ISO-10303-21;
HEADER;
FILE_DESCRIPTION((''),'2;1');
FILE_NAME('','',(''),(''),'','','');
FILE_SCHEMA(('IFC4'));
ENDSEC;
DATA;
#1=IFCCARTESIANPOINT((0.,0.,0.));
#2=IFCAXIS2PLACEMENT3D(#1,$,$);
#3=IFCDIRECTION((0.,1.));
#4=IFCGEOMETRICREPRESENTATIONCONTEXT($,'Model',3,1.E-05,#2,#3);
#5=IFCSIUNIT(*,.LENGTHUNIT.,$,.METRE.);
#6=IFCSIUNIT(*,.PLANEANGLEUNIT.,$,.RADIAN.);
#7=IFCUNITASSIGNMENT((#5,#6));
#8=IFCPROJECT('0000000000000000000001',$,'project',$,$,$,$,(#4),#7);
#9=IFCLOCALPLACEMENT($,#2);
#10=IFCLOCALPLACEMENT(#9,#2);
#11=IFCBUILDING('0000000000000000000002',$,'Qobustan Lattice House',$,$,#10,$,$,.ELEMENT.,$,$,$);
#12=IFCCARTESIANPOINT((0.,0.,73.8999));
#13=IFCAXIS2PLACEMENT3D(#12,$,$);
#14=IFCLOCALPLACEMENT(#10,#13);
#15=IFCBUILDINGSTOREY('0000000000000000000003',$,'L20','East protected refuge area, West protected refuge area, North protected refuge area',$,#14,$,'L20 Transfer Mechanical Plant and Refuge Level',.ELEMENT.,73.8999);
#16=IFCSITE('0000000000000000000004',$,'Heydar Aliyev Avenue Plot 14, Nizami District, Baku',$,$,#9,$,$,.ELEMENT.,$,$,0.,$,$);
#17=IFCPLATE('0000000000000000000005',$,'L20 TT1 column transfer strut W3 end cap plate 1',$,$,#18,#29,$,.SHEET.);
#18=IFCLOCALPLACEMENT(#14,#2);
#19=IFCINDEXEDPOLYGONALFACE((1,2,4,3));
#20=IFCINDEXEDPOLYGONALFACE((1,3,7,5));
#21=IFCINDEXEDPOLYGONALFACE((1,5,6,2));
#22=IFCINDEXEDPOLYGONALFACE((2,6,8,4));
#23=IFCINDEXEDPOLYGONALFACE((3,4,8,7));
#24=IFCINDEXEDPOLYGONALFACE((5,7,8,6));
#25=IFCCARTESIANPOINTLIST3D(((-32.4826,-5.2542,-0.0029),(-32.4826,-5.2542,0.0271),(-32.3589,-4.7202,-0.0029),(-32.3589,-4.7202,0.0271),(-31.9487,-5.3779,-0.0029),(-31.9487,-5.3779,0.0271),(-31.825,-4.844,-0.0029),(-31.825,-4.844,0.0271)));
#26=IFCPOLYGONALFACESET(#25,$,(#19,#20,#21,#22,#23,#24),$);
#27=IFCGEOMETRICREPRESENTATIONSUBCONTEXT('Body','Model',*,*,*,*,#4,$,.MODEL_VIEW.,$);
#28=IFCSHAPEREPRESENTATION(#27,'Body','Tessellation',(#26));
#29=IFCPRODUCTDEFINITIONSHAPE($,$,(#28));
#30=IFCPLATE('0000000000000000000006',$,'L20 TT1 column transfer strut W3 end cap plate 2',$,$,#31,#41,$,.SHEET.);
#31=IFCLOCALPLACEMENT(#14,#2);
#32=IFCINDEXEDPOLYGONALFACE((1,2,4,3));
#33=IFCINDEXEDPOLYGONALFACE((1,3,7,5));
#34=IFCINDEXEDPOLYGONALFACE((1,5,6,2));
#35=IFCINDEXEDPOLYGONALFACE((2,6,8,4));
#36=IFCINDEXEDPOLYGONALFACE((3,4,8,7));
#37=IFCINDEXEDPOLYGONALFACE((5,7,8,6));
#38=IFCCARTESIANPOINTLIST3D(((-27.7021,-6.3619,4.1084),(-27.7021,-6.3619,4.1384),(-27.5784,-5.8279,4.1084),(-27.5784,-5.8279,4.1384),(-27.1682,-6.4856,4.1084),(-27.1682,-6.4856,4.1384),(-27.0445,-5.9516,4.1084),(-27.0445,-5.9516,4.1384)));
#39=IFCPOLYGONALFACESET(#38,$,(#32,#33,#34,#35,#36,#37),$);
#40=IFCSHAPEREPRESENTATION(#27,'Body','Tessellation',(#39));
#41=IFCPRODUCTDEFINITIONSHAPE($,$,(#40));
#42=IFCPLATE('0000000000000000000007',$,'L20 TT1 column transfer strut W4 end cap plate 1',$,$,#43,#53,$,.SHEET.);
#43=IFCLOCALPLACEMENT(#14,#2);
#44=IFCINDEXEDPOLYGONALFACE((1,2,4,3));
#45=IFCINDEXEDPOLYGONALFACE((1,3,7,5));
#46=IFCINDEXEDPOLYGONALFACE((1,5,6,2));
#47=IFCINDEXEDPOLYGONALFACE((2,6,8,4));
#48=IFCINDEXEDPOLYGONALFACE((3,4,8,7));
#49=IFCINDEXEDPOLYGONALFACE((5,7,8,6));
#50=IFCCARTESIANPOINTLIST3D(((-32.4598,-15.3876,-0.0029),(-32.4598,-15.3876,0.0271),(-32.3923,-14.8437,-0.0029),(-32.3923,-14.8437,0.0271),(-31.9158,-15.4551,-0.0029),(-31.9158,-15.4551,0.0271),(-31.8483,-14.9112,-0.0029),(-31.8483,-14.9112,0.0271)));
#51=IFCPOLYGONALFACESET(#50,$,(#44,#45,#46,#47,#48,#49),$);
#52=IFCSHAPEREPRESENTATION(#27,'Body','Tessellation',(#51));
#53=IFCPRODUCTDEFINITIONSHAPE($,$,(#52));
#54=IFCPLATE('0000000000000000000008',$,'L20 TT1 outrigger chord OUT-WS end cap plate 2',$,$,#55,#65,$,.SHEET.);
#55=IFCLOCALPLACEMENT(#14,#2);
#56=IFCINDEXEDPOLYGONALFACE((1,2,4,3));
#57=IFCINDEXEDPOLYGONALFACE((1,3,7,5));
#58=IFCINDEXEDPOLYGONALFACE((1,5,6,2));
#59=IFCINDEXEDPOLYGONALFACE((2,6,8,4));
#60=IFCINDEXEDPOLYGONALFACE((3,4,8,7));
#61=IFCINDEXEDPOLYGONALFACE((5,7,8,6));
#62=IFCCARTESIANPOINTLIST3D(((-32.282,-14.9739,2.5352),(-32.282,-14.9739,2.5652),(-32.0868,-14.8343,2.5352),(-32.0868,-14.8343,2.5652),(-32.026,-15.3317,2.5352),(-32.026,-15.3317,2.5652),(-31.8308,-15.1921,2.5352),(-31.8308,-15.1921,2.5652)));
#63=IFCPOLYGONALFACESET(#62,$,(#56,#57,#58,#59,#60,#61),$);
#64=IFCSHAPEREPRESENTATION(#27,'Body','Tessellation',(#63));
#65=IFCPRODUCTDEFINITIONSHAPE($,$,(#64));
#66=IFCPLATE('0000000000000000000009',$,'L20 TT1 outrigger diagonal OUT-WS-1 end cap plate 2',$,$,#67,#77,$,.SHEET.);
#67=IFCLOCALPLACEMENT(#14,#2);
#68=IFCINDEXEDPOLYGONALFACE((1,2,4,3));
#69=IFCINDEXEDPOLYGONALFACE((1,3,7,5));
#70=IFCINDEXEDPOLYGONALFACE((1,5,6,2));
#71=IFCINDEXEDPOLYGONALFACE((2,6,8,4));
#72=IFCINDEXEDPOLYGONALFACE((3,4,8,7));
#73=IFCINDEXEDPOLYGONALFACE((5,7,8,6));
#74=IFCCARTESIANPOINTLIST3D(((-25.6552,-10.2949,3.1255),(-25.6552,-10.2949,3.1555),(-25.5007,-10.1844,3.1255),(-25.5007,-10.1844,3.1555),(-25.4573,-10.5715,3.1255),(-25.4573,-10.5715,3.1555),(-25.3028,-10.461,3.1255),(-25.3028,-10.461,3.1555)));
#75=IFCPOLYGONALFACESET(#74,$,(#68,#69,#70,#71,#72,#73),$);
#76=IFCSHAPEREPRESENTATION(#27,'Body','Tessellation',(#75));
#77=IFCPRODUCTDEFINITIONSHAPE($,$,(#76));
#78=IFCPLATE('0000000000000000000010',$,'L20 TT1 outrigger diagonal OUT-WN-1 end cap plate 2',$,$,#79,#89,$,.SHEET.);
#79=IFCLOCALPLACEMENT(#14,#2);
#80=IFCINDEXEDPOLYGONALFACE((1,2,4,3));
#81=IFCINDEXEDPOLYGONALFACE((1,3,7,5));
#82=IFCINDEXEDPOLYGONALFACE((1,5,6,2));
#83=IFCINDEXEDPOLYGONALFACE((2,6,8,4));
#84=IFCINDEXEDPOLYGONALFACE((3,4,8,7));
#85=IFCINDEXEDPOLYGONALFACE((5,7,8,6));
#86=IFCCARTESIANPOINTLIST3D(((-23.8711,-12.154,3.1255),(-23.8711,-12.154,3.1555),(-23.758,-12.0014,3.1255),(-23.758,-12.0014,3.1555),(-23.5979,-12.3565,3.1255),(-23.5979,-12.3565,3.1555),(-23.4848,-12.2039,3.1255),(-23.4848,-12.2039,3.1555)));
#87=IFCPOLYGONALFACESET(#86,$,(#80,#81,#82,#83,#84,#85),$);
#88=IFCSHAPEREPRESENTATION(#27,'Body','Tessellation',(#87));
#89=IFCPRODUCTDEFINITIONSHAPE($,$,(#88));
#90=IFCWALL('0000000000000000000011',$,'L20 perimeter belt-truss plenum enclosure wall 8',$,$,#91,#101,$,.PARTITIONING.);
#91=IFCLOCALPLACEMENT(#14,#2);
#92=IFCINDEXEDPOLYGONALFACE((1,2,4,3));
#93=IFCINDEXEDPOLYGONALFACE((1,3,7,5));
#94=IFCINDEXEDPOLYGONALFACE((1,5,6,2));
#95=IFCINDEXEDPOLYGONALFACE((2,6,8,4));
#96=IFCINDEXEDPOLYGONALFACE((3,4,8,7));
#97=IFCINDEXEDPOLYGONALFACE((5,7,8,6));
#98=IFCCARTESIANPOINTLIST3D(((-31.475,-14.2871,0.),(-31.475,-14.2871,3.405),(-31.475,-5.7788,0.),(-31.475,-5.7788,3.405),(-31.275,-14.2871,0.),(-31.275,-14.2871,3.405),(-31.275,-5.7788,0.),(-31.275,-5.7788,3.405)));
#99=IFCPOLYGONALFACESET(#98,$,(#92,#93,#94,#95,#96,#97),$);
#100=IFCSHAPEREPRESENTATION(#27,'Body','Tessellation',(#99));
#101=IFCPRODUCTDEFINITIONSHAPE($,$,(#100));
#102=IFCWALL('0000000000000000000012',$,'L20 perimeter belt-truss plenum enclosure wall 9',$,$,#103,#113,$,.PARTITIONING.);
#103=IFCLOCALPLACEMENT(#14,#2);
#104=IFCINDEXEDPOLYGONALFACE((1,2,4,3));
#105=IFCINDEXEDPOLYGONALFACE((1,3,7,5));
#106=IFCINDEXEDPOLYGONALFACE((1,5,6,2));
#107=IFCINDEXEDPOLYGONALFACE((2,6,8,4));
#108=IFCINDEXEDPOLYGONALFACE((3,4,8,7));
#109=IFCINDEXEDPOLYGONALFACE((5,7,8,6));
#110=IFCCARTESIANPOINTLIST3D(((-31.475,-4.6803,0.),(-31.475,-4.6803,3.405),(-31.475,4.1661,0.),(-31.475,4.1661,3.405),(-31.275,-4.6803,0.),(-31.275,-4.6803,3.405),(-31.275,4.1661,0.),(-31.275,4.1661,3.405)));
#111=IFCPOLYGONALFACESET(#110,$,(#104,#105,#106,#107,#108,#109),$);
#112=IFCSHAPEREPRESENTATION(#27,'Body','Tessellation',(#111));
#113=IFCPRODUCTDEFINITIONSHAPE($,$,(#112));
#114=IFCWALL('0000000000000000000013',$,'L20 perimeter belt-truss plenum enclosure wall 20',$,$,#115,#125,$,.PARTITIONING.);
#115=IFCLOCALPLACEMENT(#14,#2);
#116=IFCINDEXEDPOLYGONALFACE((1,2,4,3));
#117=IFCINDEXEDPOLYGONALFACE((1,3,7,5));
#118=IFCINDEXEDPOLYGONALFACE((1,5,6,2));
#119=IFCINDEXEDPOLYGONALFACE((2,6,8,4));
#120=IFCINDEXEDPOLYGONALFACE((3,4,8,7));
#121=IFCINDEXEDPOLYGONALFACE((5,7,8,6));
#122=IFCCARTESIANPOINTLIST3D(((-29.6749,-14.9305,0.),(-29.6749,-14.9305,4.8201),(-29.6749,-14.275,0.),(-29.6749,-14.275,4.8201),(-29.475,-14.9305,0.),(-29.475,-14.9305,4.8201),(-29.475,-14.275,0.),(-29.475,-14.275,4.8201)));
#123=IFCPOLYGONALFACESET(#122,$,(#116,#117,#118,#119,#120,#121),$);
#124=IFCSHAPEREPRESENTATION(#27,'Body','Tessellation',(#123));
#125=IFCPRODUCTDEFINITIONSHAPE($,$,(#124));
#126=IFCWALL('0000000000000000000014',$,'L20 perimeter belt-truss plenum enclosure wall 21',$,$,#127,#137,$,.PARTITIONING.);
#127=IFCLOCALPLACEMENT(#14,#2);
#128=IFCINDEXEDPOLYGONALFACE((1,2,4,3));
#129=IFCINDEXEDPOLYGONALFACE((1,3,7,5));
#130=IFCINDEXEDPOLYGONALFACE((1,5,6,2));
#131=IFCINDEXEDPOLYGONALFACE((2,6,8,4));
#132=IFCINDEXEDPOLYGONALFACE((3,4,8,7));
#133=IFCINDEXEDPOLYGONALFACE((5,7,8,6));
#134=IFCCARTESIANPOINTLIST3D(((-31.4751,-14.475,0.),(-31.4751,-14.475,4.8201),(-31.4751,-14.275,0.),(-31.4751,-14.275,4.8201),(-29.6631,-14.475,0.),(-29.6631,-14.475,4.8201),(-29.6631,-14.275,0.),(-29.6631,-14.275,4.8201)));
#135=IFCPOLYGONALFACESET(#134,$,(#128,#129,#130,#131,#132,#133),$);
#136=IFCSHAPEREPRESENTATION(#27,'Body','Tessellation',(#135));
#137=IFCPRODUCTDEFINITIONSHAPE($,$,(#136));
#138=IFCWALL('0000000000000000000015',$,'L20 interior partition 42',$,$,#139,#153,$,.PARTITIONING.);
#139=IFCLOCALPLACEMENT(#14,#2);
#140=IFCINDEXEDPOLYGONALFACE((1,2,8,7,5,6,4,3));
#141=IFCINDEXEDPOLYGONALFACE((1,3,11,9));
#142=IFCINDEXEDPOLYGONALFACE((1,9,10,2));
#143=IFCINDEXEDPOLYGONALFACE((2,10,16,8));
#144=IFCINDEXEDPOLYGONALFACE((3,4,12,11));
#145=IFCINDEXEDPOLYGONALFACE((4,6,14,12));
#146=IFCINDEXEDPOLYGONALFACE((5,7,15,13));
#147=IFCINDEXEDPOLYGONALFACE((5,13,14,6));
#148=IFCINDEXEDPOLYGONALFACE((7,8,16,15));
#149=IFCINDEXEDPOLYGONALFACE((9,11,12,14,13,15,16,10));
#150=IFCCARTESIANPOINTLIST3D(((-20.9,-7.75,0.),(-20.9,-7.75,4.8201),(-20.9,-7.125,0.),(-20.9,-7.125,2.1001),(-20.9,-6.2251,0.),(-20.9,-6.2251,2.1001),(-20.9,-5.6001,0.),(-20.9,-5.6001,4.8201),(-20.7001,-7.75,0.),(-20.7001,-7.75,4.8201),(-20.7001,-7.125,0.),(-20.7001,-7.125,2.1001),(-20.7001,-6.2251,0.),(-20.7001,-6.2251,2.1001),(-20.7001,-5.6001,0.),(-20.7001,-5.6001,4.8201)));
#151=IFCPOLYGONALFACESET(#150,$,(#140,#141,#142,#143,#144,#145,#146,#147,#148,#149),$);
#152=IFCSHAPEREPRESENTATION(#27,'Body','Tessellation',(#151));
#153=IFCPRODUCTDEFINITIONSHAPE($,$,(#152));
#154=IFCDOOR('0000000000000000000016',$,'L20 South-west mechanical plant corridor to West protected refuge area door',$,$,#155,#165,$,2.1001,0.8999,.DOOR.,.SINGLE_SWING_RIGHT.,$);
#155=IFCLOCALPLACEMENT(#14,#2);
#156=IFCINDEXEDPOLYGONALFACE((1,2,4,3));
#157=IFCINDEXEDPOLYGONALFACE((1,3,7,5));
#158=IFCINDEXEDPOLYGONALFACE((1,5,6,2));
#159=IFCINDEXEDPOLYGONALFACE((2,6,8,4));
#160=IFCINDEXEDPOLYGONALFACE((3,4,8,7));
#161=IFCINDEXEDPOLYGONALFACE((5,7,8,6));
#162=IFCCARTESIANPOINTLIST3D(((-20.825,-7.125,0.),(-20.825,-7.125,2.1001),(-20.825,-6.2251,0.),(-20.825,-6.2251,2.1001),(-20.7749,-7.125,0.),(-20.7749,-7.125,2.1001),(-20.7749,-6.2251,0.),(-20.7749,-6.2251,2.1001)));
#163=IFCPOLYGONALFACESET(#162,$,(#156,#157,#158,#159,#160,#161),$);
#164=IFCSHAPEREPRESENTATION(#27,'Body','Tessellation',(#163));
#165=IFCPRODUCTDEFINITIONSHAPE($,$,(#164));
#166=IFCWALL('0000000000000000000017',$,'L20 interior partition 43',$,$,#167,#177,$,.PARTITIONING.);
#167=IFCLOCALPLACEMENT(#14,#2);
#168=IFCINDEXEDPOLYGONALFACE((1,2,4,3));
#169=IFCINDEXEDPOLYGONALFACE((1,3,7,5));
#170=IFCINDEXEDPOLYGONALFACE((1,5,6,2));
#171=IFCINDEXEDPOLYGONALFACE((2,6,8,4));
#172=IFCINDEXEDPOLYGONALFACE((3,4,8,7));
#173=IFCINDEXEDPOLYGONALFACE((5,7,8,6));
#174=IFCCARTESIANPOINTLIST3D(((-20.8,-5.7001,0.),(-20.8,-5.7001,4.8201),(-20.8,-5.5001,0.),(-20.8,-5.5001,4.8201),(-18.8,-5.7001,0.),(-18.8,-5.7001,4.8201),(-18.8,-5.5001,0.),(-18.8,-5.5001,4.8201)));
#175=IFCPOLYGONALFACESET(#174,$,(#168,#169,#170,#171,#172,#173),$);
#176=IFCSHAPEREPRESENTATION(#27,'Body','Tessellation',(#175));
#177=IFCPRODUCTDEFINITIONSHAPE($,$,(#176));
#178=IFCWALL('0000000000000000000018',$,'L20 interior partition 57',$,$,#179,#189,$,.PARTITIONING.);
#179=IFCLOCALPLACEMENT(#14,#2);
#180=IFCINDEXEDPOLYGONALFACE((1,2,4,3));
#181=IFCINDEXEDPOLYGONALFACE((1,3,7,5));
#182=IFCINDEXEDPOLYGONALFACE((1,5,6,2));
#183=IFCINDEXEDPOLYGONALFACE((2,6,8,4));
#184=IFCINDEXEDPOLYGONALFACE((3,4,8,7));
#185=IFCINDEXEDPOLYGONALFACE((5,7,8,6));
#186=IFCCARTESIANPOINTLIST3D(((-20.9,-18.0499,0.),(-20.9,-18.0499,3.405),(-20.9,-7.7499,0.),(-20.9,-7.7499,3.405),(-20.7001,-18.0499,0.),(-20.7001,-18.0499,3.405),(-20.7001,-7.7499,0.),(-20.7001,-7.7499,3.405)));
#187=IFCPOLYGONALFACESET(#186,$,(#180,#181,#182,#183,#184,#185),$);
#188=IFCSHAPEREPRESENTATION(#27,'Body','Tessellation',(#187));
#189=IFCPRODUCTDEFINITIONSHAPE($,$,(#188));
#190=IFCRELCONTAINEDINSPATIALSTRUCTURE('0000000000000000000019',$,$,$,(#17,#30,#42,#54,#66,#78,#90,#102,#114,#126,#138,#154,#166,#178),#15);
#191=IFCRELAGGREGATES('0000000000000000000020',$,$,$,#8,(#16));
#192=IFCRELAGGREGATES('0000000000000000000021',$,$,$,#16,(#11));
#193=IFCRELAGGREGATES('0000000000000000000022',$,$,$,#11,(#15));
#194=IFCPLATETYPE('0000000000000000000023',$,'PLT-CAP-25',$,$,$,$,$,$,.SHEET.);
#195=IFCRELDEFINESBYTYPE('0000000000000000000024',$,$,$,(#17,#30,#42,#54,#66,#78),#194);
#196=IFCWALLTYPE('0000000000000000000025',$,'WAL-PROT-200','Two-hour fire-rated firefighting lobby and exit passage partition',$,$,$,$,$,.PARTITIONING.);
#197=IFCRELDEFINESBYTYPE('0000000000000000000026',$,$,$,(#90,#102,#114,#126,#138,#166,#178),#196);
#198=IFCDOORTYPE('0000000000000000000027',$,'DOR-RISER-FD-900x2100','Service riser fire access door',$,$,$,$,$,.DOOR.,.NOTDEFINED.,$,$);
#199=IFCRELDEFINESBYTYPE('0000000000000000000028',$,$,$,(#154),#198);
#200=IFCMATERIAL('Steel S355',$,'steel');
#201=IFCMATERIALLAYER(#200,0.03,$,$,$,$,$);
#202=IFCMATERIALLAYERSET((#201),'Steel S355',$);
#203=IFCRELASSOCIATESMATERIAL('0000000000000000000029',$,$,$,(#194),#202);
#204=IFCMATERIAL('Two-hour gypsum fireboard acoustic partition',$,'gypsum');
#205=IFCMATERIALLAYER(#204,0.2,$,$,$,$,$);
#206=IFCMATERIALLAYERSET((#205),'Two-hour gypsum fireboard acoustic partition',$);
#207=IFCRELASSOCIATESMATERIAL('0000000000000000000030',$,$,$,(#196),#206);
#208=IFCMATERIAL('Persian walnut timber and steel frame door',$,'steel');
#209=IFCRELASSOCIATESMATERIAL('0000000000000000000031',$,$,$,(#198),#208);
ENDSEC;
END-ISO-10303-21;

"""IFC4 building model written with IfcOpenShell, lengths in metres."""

from ifc_helpers import new_model, si_unit, direction, frame, frame_2d, origin, origin_2d, place, context, subcontext, project, spatial, rectangle, extrude, material, layer, layer_set, type_object, element, fill, save


model = new_model("IFC4")

# Units and contexts
model_context = context("Model", 3, precision=1e-05, world=origin(), true_north=direction((0.0, 1.0)))
body_context = subcontext(model_context, "Body", "Model", "MODEL_VIEW")
ifc_project = project(units=[si_unit("LENGTHUNIT", "METRE"), si_unit("PLANEANGLEUNIT", "RADIAN")], contexts=[model_context])

# Site, building, storey
site_placement = place(None, origin())
site = spatial("IfcSite", under=ifc_project, at=site_placement, Name="Heydar Aliyev Avenue Plot 14, Nizami District, Baku", CompositionType="ELEMENT", RefElevation=0.0)
building_placement = place(site_placement, origin())
building = spatial("IfcBuilding", under=site, at=building_placement, Name="Qobustan Lattice House", CompositionType="ELEMENT")
storey_placement = place(building_placement, frame((0.0, 0.0, 73.8999)))
storey = spatial("IfcBuildingStorey", under=building, at=storey_placement, Name="L20", Description="East protected refuge area, West protected refuge area, North protected refuge area", LongName="L20 Transfer Mechanical Plant and Refuge Level", CompositionType="ELEMENT", Elevation=73.8999)

# Plates
ifc_material_1 = material(Name="Steel S355", Category="steel")
ifc_layer_1 = layer(ifc_material_1, 0.03)
ifc_layer_set_1 = layer_set([ifc_layer_1], Name="Steel S355")
plate_type = type_object("IfcPlateType", Name="PLT-CAP-25", PredefinedType="SHEET", material=ifc_layer_set_1)
for number, where, z_axis, x_axis, name in (
    (1, (-32.1538, -5.0491, -0.0029), (0.0, 0.0, 1.0), (0.974193, -0.225716, 0.0), "L20 TT1 column transfer strut W3 end cap plate 1"),
    (2, (-27.3733, -6.1567, 4.1084), (0.0, 0.0, 1.0), (0.974193, -0.225716, 0.0), "L20 TT1 column transfer strut W3 end cap plate 2"),
    (3, (-32.1541, -15.1494, -0.0029), (0.0, 0.0, 1.0), (0.992388, -0.123151, 0.0), "L20 TT1 column transfer strut W4 end cap plate 1"),
):
    element("IfcPlate", number, at=place(storey_placement, frame(where, z_axis=z_axis, x_axis=x_axis)), inside=storey, type_object=plate_type, Name=name, PredefinedType="SHEET", context=body_context, shape_type="SweptSolid", body=[
        extrude(rectangle(XDim=0.5481, YDim=0.5481, at=origin_2d()), origin(), (0.0, 0.0, 1.0), 0.03),
    ])
plate_1_placement = place(storey_placement, frame((-32.0564, -15.083, 2.5352), z_axis=(0.0, 0.0, 1.0), x_axis=(-0.813324, -0.581811, 0.0)))
element("IfcPlate", 4, at=plate_1_placement, inside=storey, type_object=plate_type, Name="L20 TT1 outrigger chord OUT-WS end cap plate 2", PredefinedType="SHEET", context=body_context, shape_type="SweptSolid", body=[
    extrude(rectangle(XDim=0.24, YDim=0.4399, at=origin_2d()), origin(), (0.0, 0.0, 1.0), 0.03),
])
for number, where, z_axis, x_axis, name in (
    (5, (-25.479, -10.3779, 3.1255), (0.0, 0.0, 1.0), (-0.813324, -0.581811, 0.0), "L20 TT1 outrigger diagonal OUT-WS-1 end cap plate 2"),
    (6, (-23.678, -12.179, 3.1255), (0.0, 0.0, 1.0), (-0.595594, -0.803286, 0.0), "L20 TT1 outrigger diagonal OUT-WN-1 end cap plate 2"),
):
    element("IfcPlate", number, at=place(storey_placement, frame(where, z_axis=z_axis, x_axis=x_axis)), inside=storey, type_object=plate_type, Name=name, PredefinedType="SHEET", context=body_context, shape_type="SweptSolid", body=[
        extrude(rectangle(XDim=0.1899, YDim=0.3401, at=origin_2d()), origin(), (0.0, 0.0, 1.0), 0.03),
    ])

# Walls
ifc_material_2 = material(Name="Two-hour gypsum fireboard acoustic partition", Category="gypsum")
ifc_layer_2 = layer(ifc_material_2, 0.2)
ifc_layer_set_2 = layer_set([ifc_layer_2], Name="Two-hour gypsum fireboard acoustic partition")
wall_type = type_object("IfcWallType", Name="WAL-PROT-200", Description="Two-hour fire-rated firefighting lobby and exit passage partition", PredefinedType="PARTITIONING", material=ifc_layer_set_2)
wall_1_placement = place(storey_placement, frame((-31.375, -14.2871, 0.0), z_axis=(0.0, 0.0, 1.0), x_axis=(0.0, 1.0, 0.0)))
element("IfcWall", 7, at=wall_1_placement, inside=storey, type_object=wall_type, Name="L20 perimeter belt-truss plenum enclosure wall 8", PredefinedType="PARTITIONING", context=body_context, shape_type="SweptSolid", body=[
    extrude(rectangle(XDim=8.5083, YDim=0.2, at=frame_2d((4.2542, 0.0))), origin(), (0.0, 0.0, 1.0), 3.405),
])
wall_2_placement = place(storey_placement, frame((-31.375, -4.6804, 0.0), z_axis=(0.0, 0.0, 1.0), x_axis=(0.0, 1.0, 0.0)))
element("IfcWall", 8, at=wall_2_placement, inside=storey, type_object=wall_type, Name="L20 perimeter belt-truss plenum enclosure wall 9", PredefinedType="PARTITIONING", context=body_context, shape_type="SweptSolid", body=[
    extrude(rectangle(XDim=8.8464, YDim=0.2, at=frame_2d((4.4233, 0.0))), origin(), (0.0, 0.0, 1.0), 3.405),
])
wall_3_placement = place(storey_placement, frame((-29.575, -14.9304, 0.0), z_axis=(0.0, 0.0, 1.0), x_axis=(0.0, 1.0, 0.0)))
element("IfcWall", 9, at=wall_3_placement, inside=storey, type_object=wall_type, Name="L20 perimeter belt-truss plenum enclosure wall 20", PredefinedType="PARTITIONING", context=body_context, shape_type="SweptSolid", body=[
    extrude(rectangle(XDim=0.6555, YDim=0.2, at=frame_2d((0.3276, 0.0))), origin(), (0.0, 0.0, 1.0), 4.8201),
])
wall_4_placement = place(storey_placement, frame((-29.6631, -14.375, 0.0), z_axis=(0.0, 0.0, 1.0), x_axis=(-1.0, 0.0, 0.0)))
element("IfcWall", 10, at=wall_4_placement, inside=storey, type_object=wall_type, Name="L20 perimeter belt-truss plenum enclosure wall 21", PredefinedType="PARTITIONING", context=body_context, shape_type="SweptSolid", body=[
    extrude(rectangle(XDim=1.812, YDim=0.2, at=frame_2d((0.906, 0.0))), origin(), (0.0, 0.0, 1.0), 4.8201),
])

# Wall, opening, door
wall_5_placement = place(storey_placement, frame((-20.8, -7.75, 0.0), z_axis=(0.0, 0.0, 1.0), x_axis=(0.0, 1.0, 0.0)))
wall_5 = element("IfcWall", 11, at=wall_5_placement, inside=storey, type_object=wall_type, Name="L20 interior partition 42", PredefinedType="PARTITIONING", context=body_context, shape_type="SweptSolid", body=[
    extrude(rectangle(XDim=2.1499, YDim=0.2, at=frame_2d((1.075, 0.0))), origin(), (0.0, 0.0, 1.0), 4.8201),
])
opening_placement = place(wall_5_placement, frame((0.625, 0.0, 0.0)))
opening = element("IfcOpeningElement", 12, at=opening_placement, cuts=wall_5, PredefinedType="OPENING", context=body_context, shape_type="SweptSolid", body=[
    extrude(rectangle(XDim=0.8999, YDim=2.1001, at=frame_2d((0.45, 1.05))), frame((0.0, 0.1099, 0.0), z_axis=(0.0, -1.0, 0.0), x_axis=(1.0, 0.0, 0.0)), (0.0, 0.0, 1.0), 0.22),
])
ifc_material_3 = material(Name="Persian walnut timber and steel frame door", Category="steel")
door_type = type_object("IfcDoorType", Name="DOR-RISER-FD-900x2100", Description="Service riser fire access door", OperationType="NOTDEFINED", PredefinedType="DOOR", material=ifc_material_3)
door_placement = place(opening_placement, origin())
door = element("IfcDoor", 13, at=door_placement, inside=storey, type_object=door_type, Name="L20 South-west mechanical plant corridor to West protected refuge area door", OperationType="SINGLE_SWING_RIGHT", OverallHeight=2.1001, OverallWidth=0.8999, PredefinedType="DOOR", context=body_context, shape_type="SweptSolid", body=[
    extrude(rectangle(XDim=0.8999, YDim=2.1001, at=frame_2d((0.45, 1.05))), frame((0.0, 0.0249, 0.0), z_axis=(0.0, -1.0, 0.0), x_axis=(1.0, 0.0, 0.0)), (0.0, 0.0, 1.0), 0.05),
])
fill(opening, door)

# Walls
wall_6_placement = place(storey_placement, frame((-20.8, -5.6001, 0.0), z_axis=(0.0, 0.0, 1.0), x_axis=(1.0, 0.0, 0.0)))
element("IfcWall", 14, at=wall_6_placement, inside=storey, type_object=wall_type, Name="L20 interior partition 43", PredefinedType="PARTITIONING", context=body_context, shape_type="SweptSolid", body=[
    extrude(rectangle(XDim=2.0, YDim=0.2, at=frame_2d((1.0, 0.0))), origin(), (0.0, 0.0, 1.0), 4.8201),
])
wall_7_placement = place(storey_placement, frame((-20.8, -7.75, 0.0), z_axis=(0.0, 0.0, 1.0), x_axis=(0.0, -1.0, 0.0)))
element("IfcWall", 15, at=wall_7_placement, inside=storey, type_object=wall_type, Name="L20 interior partition 57", PredefinedType="PARTITIONING", context=body_context, shape_type="SweptSolid", body=[
    extrude(rectangle(XDim=10.3, YDim=0.2, at=frame_2d((5.1499, 0.0))), origin(), (0.0, 0.0, 1.0), 3.405),
])

save(model, "model.ifc")
